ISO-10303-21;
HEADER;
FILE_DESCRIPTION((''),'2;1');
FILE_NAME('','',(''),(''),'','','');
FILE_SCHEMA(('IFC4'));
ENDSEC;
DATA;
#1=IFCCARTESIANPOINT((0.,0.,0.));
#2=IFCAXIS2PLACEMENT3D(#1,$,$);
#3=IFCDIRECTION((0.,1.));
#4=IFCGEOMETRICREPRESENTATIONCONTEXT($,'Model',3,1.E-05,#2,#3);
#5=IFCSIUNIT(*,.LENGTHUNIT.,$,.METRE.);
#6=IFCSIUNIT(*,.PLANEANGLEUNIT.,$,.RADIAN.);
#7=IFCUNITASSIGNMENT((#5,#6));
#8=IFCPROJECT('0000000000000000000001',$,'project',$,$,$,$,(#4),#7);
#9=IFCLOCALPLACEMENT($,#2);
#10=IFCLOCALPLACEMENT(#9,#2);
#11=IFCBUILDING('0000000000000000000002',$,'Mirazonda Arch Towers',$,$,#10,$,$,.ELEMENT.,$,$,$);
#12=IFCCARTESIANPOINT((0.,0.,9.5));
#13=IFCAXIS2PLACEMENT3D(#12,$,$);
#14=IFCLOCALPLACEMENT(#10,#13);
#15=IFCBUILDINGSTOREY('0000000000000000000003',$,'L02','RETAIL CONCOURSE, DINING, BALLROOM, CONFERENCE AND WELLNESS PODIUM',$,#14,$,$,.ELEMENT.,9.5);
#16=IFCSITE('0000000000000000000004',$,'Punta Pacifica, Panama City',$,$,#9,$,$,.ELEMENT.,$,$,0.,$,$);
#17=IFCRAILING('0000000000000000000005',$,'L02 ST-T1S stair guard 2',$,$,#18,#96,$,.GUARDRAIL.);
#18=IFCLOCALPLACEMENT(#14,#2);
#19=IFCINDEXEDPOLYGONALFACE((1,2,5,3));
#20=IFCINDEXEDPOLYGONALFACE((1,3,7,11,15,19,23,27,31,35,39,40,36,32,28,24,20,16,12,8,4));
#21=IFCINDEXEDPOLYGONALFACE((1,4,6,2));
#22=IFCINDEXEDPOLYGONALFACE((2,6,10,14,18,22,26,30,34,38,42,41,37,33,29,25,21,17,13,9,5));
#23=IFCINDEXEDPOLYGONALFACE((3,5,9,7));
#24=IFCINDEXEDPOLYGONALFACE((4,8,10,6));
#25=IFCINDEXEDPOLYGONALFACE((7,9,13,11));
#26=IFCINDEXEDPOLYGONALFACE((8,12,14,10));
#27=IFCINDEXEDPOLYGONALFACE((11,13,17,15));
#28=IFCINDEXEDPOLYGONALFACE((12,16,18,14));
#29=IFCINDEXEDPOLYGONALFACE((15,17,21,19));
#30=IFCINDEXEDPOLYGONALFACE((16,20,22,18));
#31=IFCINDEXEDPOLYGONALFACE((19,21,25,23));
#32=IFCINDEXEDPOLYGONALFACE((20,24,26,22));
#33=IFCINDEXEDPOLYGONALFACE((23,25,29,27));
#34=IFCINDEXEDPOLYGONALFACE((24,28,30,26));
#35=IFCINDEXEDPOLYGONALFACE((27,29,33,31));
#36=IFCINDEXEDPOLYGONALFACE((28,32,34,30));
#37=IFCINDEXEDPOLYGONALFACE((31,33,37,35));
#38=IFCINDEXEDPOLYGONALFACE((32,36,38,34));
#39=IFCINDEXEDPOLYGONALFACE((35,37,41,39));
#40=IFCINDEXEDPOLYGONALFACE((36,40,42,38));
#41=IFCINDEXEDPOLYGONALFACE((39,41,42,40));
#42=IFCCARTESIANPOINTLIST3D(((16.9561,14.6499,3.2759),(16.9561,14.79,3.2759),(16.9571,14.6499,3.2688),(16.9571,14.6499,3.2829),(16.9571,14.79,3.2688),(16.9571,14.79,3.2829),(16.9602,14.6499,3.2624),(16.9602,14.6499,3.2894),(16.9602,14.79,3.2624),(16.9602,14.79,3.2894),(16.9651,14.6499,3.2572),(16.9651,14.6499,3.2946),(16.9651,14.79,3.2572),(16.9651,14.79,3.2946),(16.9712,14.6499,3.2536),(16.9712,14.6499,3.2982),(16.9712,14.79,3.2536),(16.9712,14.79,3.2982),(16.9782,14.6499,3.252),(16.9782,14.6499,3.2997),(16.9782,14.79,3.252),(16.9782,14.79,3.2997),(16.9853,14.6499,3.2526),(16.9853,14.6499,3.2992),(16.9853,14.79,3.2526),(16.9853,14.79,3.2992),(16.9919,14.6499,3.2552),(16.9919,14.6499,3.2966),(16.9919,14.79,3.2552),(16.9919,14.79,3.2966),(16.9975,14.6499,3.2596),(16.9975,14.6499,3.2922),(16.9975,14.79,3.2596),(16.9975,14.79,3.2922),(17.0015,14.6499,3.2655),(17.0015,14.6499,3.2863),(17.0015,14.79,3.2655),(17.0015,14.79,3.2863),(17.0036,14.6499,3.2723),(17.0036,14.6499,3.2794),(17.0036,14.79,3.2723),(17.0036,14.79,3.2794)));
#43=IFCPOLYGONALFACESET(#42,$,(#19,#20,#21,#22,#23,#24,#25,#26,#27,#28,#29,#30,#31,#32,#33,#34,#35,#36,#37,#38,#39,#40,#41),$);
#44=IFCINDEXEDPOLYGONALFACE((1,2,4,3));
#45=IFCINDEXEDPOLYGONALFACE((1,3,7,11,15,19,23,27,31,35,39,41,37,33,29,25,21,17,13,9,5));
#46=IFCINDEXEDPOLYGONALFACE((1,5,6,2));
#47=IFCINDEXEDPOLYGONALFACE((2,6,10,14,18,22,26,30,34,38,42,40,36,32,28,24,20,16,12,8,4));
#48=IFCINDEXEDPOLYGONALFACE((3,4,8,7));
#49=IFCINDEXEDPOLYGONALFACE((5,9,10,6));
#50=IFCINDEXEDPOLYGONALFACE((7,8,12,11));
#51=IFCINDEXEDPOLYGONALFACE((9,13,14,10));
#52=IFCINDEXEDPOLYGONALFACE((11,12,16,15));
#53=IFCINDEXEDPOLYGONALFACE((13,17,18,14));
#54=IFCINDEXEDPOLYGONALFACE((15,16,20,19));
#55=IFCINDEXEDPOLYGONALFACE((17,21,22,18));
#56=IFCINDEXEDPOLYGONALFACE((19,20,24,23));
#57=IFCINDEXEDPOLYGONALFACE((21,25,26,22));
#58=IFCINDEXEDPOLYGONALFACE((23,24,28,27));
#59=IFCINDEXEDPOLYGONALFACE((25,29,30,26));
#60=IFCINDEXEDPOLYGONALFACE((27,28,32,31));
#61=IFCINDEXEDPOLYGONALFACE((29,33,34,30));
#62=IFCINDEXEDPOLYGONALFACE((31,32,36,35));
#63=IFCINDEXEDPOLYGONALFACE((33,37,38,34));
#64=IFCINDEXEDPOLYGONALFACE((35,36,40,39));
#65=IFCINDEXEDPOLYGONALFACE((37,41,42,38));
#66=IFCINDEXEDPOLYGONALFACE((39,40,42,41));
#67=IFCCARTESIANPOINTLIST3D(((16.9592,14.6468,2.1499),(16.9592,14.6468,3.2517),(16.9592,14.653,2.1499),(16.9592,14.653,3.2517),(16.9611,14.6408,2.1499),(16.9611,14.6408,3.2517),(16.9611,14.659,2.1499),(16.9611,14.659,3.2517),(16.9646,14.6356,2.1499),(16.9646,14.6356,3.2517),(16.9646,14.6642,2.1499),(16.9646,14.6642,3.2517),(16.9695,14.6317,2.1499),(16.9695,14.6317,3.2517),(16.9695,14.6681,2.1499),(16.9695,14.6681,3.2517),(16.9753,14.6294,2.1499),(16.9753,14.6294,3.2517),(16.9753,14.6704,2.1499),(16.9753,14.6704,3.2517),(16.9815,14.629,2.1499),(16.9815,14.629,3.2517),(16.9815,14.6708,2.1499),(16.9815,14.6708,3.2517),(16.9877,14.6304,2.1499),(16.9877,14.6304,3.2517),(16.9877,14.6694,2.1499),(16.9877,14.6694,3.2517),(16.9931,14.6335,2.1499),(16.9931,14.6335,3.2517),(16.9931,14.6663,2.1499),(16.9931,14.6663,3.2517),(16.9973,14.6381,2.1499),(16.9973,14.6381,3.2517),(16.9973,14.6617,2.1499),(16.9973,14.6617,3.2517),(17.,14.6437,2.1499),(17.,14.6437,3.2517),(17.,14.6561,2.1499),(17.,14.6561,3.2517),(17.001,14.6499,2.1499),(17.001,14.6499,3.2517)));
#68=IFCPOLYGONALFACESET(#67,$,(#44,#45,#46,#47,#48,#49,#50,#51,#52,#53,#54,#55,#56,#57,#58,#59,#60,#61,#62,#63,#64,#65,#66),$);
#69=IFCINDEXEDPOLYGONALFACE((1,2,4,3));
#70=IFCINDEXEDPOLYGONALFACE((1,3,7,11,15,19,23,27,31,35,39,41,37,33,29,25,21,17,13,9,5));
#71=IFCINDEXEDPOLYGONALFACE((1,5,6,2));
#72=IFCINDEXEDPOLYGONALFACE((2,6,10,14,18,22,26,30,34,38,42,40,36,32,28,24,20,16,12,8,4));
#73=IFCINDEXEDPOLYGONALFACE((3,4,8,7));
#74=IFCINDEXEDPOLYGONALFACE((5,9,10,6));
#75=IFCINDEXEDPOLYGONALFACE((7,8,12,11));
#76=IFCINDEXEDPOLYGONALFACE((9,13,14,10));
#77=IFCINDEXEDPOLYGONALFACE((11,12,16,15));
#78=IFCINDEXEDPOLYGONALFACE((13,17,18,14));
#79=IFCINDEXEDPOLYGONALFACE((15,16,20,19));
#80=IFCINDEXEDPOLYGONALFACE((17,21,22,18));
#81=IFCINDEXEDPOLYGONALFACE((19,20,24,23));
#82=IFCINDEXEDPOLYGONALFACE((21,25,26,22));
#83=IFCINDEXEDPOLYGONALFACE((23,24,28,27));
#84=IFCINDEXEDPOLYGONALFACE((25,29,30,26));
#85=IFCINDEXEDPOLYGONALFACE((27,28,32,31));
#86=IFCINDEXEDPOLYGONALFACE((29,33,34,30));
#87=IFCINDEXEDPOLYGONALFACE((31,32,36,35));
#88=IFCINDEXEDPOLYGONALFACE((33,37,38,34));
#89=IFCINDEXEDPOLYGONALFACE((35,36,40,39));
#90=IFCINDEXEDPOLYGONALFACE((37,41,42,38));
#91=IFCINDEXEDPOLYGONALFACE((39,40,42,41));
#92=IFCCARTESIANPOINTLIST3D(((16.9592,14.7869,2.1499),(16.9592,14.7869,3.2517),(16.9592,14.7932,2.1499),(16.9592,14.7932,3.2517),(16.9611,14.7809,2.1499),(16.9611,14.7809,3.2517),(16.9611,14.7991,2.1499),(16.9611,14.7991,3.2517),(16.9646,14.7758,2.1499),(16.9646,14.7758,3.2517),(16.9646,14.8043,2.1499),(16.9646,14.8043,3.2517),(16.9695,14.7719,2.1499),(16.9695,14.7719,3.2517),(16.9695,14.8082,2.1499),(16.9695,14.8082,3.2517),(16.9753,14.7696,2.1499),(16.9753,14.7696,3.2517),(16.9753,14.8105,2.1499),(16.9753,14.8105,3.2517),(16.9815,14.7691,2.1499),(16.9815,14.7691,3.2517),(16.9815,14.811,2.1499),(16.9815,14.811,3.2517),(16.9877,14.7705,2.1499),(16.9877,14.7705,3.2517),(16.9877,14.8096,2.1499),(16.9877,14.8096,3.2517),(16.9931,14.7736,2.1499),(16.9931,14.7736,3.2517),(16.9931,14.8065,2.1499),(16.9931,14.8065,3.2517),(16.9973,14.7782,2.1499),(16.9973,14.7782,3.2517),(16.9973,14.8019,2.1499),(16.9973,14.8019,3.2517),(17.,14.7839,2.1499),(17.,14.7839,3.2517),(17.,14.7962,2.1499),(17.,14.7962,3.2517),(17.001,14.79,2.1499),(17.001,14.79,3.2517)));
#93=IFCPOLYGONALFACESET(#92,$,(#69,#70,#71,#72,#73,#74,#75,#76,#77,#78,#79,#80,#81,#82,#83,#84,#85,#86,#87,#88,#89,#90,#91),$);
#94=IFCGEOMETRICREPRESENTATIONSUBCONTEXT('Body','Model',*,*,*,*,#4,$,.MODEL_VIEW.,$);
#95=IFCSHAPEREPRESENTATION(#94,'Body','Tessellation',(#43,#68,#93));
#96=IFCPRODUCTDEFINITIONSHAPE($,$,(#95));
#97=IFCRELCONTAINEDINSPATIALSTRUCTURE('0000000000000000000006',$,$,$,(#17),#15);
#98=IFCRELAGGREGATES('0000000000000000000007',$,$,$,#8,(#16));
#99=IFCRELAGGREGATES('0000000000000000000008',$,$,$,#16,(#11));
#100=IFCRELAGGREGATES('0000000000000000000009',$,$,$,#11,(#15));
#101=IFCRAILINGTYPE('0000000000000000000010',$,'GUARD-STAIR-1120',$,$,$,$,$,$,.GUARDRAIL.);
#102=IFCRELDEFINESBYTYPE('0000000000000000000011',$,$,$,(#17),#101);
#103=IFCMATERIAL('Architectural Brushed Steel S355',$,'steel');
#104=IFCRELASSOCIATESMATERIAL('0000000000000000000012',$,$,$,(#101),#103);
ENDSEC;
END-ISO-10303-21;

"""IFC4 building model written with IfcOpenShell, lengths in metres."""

from ifc_helpers import new_model, si_unit, direction, frame, origin, origin_2d, place, context, subcontext, project, spatial, circle, extrude, material, type_object, element, save


model = new_model("IFC4")

# Units and contexts
model_context = context("Model", 3, precision=1e-05, world=origin(), true_north=direction((0.0, 1.0)))
body_context = subcontext(model_context, "Body", "Model", "MODEL_VIEW")
ifc_project = project(units=[si_unit("LENGTHUNIT", "METRE"), si_unit("PLANEANGLEUNIT", "RADIAN")], contexts=[model_context])

# Site, building, storey
site_placement = place(None, origin())
site = spatial("IfcSite", under=ifc_project, at=site_placement, Name="Punta Pacifica, Panama City", CompositionType="ELEMENT", RefElevation=0.0)
building_placement = place(site_placement, origin())
building = spatial("IfcBuilding", under=site, at=building_placement, Name="Mirazonda Arch Towers", CompositionType="ELEMENT")
storey_placement = place(building_placement, frame((0.0, 0.0, 9.5)))
storey = spatial("IfcBuildingStorey", under=building, at=storey_placement, Name="L02", Description="RETAIL CONCOURSE, DINING, BALLROOM, CONFERENCE AND WELLNESS PODIUM", CompositionType="ELEMENT", Elevation=9.5)

# Shared definitions
ifc_material_1 = material(Name="Architectural Brushed Steel S355", Category="steel")

# Railing
railing_type_1 = type_object("IfcRailingType", Name="GUARD-STAIR-1120", PredefinedType="GUARDRAIL", material=ifc_material_1)
railing_1_placement = place(storey_placement, frame((16.98, 14.6499, 2.1499)))
element("IfcRailing", 1, at=railing_1_placement, inside=storey, type_object=railing_type_1, Name="L02 ST-T1S stair guard 2", PredefinedType="GUARDRAIL", context=body_context, shape_type="SweptSolid", body=[
    extrude(circle(Radius=0.0239, at=origin_2d()), frame((0.0, 0.0, 1.126), z_axis=(0.0, 1.0, 0.0), x_axis=(-1.0, 0.0, 0.0)), (0.0, 0.0, 1.0), 0.1401),
    extrude(circle(Radius=0.021, at=origin_2d()), origin(), (0.0, 0.0, 1.0), 1.1018),
    extrude(circle(Radius=0.021, at=origin_2d()), frame((0.0, 0.1401, 0.0)), (0.0, 0.0, 1.0), 1.1018),
])

save(model, "model.ifc")
